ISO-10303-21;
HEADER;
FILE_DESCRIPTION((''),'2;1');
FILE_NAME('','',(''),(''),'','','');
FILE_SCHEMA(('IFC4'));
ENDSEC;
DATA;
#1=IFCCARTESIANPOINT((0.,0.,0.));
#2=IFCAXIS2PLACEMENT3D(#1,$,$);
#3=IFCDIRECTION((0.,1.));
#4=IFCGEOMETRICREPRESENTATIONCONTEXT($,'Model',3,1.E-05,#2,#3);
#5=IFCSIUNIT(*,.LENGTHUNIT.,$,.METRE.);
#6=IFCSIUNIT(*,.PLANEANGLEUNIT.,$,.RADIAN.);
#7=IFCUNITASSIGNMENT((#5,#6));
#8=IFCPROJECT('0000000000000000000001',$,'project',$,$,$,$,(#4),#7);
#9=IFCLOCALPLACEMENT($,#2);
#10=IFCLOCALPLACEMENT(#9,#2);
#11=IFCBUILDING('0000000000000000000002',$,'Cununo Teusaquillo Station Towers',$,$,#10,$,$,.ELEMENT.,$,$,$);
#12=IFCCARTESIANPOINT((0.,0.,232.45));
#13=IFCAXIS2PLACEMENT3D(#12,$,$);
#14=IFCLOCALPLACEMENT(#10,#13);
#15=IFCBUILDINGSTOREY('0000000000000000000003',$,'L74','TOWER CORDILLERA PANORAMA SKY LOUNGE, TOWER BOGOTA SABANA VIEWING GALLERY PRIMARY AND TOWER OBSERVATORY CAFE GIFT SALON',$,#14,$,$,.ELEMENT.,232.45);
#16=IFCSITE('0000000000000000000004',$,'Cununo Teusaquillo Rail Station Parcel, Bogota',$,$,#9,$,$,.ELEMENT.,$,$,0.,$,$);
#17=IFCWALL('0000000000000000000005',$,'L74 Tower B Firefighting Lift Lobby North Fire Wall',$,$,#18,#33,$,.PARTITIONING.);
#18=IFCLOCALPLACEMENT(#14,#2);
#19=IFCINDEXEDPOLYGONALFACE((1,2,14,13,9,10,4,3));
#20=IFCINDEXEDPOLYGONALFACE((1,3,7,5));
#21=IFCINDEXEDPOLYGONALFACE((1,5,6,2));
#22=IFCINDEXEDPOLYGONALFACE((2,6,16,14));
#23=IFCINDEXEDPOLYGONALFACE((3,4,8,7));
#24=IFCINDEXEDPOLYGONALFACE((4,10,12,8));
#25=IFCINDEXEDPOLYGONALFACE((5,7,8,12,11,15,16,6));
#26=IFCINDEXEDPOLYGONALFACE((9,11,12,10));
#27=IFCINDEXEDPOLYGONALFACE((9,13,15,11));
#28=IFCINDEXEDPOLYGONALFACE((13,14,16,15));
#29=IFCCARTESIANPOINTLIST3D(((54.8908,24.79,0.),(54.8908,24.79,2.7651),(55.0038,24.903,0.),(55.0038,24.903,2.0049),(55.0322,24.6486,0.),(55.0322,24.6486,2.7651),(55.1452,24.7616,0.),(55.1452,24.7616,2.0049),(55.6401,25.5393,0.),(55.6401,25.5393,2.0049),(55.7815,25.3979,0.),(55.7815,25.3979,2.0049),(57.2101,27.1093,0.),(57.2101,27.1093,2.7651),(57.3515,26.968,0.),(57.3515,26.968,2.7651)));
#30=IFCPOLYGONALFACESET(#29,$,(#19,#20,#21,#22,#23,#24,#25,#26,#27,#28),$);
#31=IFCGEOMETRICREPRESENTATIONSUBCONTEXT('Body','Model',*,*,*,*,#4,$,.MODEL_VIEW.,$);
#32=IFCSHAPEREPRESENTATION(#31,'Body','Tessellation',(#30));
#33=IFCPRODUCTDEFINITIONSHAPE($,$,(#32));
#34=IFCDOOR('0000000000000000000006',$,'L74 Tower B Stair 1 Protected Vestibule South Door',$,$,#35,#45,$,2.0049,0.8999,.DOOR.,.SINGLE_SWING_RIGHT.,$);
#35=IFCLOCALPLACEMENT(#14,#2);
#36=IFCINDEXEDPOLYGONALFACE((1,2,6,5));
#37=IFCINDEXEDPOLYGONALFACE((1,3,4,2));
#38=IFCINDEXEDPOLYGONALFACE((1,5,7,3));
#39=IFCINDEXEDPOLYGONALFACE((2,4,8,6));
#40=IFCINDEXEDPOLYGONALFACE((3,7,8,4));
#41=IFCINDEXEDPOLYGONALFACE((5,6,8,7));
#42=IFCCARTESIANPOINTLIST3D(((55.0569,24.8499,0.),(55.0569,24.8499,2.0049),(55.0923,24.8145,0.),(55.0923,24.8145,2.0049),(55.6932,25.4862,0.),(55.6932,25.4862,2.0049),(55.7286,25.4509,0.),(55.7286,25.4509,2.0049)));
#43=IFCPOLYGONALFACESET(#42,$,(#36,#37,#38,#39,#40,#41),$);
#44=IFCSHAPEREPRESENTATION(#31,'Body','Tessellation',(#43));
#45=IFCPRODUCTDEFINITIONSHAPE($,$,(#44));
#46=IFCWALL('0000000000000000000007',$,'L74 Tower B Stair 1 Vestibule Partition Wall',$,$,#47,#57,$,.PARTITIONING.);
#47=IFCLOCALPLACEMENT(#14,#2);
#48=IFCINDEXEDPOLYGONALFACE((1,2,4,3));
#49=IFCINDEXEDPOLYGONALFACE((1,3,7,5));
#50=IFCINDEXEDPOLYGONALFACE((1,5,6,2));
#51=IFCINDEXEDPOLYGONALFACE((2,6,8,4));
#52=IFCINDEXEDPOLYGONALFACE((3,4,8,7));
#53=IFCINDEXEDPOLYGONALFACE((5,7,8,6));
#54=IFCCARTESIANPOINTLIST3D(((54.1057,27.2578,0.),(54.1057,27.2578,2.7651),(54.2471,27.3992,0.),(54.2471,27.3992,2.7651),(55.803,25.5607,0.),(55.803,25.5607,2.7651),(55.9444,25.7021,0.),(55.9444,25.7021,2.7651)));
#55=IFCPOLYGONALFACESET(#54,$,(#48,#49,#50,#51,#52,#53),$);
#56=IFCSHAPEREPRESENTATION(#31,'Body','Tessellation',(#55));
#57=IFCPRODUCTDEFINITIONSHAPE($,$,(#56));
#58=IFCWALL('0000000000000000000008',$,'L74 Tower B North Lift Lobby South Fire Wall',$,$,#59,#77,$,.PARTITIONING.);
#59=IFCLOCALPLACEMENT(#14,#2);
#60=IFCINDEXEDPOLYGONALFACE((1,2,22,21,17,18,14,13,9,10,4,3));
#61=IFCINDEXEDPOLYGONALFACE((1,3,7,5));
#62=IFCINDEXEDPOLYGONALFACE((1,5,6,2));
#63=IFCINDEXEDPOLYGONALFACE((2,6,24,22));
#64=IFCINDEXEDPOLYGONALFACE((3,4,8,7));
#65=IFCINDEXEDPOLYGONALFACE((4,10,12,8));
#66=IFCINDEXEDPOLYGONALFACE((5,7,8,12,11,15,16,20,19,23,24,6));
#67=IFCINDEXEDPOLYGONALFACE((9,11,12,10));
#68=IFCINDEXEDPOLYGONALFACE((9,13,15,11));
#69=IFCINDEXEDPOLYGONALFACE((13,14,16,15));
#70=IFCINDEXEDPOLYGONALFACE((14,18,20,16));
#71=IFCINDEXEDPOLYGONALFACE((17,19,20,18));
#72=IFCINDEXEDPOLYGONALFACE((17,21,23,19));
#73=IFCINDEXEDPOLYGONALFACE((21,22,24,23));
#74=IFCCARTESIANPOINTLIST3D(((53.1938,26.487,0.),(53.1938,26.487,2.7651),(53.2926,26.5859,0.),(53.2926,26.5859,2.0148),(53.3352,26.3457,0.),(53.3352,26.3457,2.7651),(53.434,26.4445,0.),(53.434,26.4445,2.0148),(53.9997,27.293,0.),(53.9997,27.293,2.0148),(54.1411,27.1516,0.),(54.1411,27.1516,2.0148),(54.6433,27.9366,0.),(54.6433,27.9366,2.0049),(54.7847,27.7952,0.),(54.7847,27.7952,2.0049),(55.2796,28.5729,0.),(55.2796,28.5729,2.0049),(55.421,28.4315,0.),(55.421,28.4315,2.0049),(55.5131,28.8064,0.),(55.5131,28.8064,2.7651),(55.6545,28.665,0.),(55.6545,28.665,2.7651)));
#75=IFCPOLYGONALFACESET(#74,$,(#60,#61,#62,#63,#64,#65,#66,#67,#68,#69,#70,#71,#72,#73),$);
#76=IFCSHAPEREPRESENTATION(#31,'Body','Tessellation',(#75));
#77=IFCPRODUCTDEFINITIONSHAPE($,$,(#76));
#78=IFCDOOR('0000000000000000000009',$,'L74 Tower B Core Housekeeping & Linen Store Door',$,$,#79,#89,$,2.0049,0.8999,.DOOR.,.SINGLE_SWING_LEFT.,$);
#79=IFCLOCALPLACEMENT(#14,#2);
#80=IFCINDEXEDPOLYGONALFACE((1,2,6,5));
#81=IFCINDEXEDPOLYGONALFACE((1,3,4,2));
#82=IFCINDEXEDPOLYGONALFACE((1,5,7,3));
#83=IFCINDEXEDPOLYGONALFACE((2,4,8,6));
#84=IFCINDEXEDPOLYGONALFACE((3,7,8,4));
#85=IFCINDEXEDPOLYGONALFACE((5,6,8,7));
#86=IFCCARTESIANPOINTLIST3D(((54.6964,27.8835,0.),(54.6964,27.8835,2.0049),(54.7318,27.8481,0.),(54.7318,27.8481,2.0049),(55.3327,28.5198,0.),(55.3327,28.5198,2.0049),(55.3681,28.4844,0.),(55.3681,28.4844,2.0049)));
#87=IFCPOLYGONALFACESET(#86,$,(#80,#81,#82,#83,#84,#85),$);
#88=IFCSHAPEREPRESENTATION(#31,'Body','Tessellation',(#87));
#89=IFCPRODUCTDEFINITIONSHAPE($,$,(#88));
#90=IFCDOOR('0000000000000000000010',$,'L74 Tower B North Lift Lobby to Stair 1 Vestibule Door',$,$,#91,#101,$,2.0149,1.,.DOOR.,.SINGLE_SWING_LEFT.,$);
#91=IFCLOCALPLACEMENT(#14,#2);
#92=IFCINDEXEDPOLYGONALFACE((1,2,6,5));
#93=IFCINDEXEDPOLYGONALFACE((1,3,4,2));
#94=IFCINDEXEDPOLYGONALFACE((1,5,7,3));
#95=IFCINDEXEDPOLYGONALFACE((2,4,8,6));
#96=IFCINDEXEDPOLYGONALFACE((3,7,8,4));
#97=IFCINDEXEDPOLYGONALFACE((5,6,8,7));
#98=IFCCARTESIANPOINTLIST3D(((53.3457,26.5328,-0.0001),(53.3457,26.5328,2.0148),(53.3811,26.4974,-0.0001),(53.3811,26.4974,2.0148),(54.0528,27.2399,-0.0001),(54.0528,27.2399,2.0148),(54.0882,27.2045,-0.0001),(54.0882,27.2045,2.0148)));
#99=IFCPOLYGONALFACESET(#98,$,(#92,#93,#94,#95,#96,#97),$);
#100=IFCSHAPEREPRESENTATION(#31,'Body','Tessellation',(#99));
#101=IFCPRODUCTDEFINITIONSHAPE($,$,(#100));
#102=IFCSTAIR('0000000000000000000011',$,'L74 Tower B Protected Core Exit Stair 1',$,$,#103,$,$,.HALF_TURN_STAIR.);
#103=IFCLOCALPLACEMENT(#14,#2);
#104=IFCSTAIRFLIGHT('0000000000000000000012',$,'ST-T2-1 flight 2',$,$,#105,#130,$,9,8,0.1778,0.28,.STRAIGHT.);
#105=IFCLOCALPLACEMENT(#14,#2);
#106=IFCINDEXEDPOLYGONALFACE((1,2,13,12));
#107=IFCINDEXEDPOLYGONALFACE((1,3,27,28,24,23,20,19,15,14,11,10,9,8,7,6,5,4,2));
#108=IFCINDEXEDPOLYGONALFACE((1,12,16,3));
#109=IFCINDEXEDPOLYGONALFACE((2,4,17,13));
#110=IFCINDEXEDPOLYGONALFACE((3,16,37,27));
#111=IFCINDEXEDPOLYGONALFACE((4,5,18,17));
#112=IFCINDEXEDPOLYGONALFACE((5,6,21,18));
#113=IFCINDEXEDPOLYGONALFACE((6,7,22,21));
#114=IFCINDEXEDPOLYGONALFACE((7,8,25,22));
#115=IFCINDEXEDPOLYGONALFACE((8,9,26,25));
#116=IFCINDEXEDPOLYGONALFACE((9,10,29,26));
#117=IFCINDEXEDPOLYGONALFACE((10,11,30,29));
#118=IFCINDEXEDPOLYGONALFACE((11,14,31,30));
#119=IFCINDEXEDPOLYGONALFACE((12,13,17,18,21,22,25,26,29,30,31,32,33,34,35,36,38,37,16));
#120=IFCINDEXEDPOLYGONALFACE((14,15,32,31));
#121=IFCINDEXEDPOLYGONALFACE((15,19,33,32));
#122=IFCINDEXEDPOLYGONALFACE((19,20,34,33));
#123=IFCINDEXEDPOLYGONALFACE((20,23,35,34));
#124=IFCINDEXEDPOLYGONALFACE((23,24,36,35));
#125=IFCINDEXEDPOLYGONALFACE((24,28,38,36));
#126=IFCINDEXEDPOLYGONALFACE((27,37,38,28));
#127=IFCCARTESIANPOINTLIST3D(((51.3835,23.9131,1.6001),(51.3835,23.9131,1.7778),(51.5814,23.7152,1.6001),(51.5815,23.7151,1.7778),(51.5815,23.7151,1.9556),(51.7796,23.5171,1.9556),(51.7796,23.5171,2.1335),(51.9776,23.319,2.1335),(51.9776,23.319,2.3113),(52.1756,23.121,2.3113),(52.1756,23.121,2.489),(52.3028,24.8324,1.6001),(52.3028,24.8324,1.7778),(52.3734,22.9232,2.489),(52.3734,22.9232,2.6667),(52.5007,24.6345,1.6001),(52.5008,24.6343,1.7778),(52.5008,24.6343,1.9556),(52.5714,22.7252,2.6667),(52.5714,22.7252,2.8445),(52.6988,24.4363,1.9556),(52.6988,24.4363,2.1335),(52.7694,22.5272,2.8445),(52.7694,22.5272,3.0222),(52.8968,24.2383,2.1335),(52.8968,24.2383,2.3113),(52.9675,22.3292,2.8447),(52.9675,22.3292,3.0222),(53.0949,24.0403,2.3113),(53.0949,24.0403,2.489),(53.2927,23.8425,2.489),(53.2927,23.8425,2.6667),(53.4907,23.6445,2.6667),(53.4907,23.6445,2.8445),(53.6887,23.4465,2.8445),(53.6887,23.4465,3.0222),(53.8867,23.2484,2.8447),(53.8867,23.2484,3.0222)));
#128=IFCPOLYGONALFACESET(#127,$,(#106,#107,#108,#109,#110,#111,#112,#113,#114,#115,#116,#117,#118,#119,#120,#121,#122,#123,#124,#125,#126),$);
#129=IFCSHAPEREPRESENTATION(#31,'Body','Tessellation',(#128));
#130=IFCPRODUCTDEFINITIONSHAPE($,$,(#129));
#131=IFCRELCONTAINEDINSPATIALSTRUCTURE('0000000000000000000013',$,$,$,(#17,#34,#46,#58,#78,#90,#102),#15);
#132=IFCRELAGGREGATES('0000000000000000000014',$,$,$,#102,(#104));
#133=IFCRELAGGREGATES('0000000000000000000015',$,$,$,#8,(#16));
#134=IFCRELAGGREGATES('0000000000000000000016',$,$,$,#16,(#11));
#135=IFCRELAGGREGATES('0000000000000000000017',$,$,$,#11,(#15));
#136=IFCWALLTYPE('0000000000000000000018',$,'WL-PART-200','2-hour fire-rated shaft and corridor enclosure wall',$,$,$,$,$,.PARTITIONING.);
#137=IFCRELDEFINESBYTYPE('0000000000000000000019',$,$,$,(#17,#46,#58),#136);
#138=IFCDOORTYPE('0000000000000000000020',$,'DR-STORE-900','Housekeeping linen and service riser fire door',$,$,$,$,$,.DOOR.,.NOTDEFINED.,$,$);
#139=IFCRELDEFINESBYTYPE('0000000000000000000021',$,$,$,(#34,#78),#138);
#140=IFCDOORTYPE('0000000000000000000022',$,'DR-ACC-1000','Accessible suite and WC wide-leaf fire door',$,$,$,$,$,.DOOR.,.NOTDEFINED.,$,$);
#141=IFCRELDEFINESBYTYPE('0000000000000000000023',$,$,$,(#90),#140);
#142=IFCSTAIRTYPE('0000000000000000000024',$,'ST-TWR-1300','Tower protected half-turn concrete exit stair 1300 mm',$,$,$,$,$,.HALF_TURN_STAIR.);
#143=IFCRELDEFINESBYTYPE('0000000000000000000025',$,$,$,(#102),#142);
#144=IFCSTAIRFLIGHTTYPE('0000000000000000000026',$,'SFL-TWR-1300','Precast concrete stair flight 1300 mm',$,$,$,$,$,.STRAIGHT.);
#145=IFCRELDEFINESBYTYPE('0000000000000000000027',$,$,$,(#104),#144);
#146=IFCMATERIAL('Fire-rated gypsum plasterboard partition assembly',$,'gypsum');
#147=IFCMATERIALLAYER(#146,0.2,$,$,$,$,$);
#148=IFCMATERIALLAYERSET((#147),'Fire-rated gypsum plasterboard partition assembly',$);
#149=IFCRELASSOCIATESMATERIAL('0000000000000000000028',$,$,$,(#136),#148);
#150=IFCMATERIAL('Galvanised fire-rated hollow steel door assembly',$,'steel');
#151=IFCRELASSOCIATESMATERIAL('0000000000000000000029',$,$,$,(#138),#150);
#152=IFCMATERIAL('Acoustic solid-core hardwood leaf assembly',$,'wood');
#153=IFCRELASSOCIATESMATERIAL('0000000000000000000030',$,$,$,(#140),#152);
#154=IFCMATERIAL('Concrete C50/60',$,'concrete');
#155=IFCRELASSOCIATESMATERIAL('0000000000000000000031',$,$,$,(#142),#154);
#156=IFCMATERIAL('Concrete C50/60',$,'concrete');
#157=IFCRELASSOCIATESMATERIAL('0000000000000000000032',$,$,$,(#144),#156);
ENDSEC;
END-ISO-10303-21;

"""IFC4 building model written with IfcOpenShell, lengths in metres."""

from ifc_helpers import new_model, si_unit, direction, frame, frame_2d, origin, place, context, subcontext, project, spatial, polyline, rectangle, outline, extrude, source, transform, mapped, material, layer, layer_set, type_object, element, fill, aggregate, save


model = new_model("IFC4")

# Units and contexts
model_context = context("Model", 3, precision=1e-05, world=origin(), true_north=direction((0.0, 1.0)))
body_context = subcontext(model_context, "Body", "Model", "MODEL_VIEW")
ifc_project = project(units=[si_unit("LENGTHUNIT", "METRE"), si_unit("PLANEANGLEUNIT", "RADIAN")], contexts=[model_context])

# Site, building, storey
site_placement = place(None, origin())
site = spatial("IfcSite", under=ifc_project, at=site_placement, Name="Cununo Teusaquillo Rail Station Parcel, Bogota", CompositionType="ELEMENT", RefElevation=0.0)
building_placement = place(site_placement, origin())
building = spatial("IfcBuilding", under=site, at=building_placement, Name="Cununo Teusaquillo Station Towers", CompositionType="ELEMENT")
storey_placement = place(building_placement, frame((0.0, 0.0, 232.45)))
storey = spatial("IfcBuildingStorey", under=building, at=storey_placement, Name="L74", Description="TOWER CORDILLERA PANORAMA SKY LOUNGE, TOWER BOGOTA SABANA VIEWING GALLERY PRIMARY AND TOWER OBSERVATORY CAFE GIFT SALON", CompositionType="ELEMENT", Elevation=232.45)

# Wall, opening, door
shared_shape_1 = source(origin(), body_context, "Body", "SweptSolid", [
    extrude(rectangle(XDim=0.8999, YDim=2.0049, at=frame_2d((0.45, 1.0024))), frame((0.0, 0.0249, 0.0), z_axis=(0.0, -1.0, 0.0), x_axis=(1.0, 0.0, 0.0)), (0.0, 0.0, 1.0), 0.05),
])
ifc_material_1 = material(Name="Fire-rated gypsum plasterboard partition assembly", Category="gypsum")
ifc_layer_1 = layer(ifc_material_1, 0.2)
ifc_layer_set_1 = layer_set([ifc_layer_1], Name="Fire-rated gypsum plasterboard partition assembly")
wall_type_1 = type_object("IfcWallType", Name="WL-PART-200", Description="2-hour fire-rated shaft and corridor enclosure wall", PredefinedType="PARTITIONING", material=ifc_layer_set_1)
wall_1_placement = place(storey_placement, frame((54.9614, 24.7192, 0.0), z_axis=(0.0, 0.0, 1.0), x_axis=(0.707107, 0.707107, 0.0)))
wall_1 = element("IfcWall", 1, at=wall_1_placement, inside=storey, type_object=wall_type_1, Name="L74 Tower B Firefighting Lift Lobby North Fire Wall", PredefinedType="PARTITIONING", context=body_context, shape_type="SweptSolid", body=[
    extrude(rectangle(XDim=3.28, YDim=0.2, at=frame_2d((1.6401, 0.0))), origin(), (0.0, 0.0, 1.0), 2.7651),
])
shared_shape_2 = source(origin(), body_context, "Body", "SweptSolid", [
    extrude(rectangle(XDim=0.8999, YDim=2.0049, at=frame_2d((0.45, 1.0024))), frame((0.0, 0.1099, 0.0), z_axis=(0.0, -1.0, 0.0), x_axis=(1.0, 0.0, 0.0)), (0.0, 0.0, 1.0), 0.22),
])
opening_1_placement = place(wall_1_placement, frame((0.1599, 0.0, 0.0)))
opening_1 = element("IfcOpeningElement", 2, at=opening_1_placement, cuts=wall_1, PredefinedType="OPENING", context=body_context, shape_type="MappedRepresentation", body=[
    mapped(shared_shape_2, transform((0.0, 0.0, 0.0), x_axis=(1.0, 0.0, 0.0), y_axis=(0.0, 1.0, 0.0), z_axis=(0.0, 0.0, 1.0), scale=1.0)),
])
ifc_material_2 = material(Name="Galvanised fire-rated hollow steel door assembly", Category="steel")
door_type_1 = type_object("IfcDoorType", Name="DR-STORE-900", Description="Housekeeping linen and service riser fire door", OperationType="NOTDEFINED", PredefinedType="DOOR", material=ifc_material_2)
door_1_placement = place(opening_1_placement, origin())
door_1 = element("IfcDoor", 3, at=door_1_placement, inside=storey, type_object=door_type_1, Name="L74 Tower B Stair 1 Protected Vestibule South Door", OperationType="SINGLE_SWING_RIGHT", OverallHeight=2.0049, OverallWidth=0.8999, PredefinedType="DOOR", context=body_context, shape_type="MappedRepresentation", body=[
    mapped(shared_shape_1, transform((0.0, 0.0, 0.0), x_axis=(1.0, 0.0, 0.0), y_axis=(0.0, 1.0, 0.0), z_axis=(0.0, 0.0, 1.0), scale=1.0)),
])
fill(opening_1, door_1)

# Wall
wall_2_placement = place(storey_placement, frame((55.8738, 25.6313, 0.0), z_axis=(0.0, 0.0, 1.0), x_axis=(-0.707158, 0.707056, 0.0)))
element("IfcWall", 4, at=wall_2_placement, inside=storey, type_object=wall_type_1, Name="L74 Tower B Stair 1 Vestibule Partition Wall", PredefinedType="PARTITIONING", context=body_context, shape_type="SweptSolid", body=[
    extrude(rectangle(XDim=2.4001, YDim=0.2, at=frame_2d((1.2002, 0.0))), origin(), (0.0, 0.0, 1.0), 2.7651),
])

# Wall, openings, doors
wall_3_placement = place(storey_placement, frame((53.2644, 26.4163, 0.0), z_axis=(0.0, 0.0, 1.0), x_axis=(0.707107, 0.707107, 0.0)))
wall_3 = element("IfcWall", 5, at=wall_3_placement, inside=storey, type_object=wall_type_1, Name="L74 Tower B North Lift Lobby South Fire Wall", PredefinedType="PARTITIONING", context=body_context, shape_type="SweptSolid", body=[
    extrude(rectangle(XDim=3.28, YDim=0.2, at=frame_2d((1.6401, 0.0))), origin(), (0.0, 0.0, 1.0), 2.7651),
])
shared_shape_3 = source(origin(), body_context, "Body", "SweptSolid", [
    extrude(rectangle(XDim=1.0, YDim=2.0149, at=frame_2d((0.5, 1.0073))), frame((0.0, 0.1099, 0.0), z_axis=(0.0, -1.0, 0.0), x_axis=(1.0, 0.0, 0.0)), (0.0, 0.0, 1.0), 0.22),
])
opening_2_placement = place(wall_3_placement, frame((0.1399, 0.0, 0.0)))
opening_2 = element("IfcOpeningElement", 6, at=opening_2_placement, cuts=wall_3, PredefinedType="OPENING", context=body_context, shape_type="MappedRepresentation", body=[
    mapped(shared_shape_3, transform((0.0, 0.0, 0.0), x_axis=(1.0, 0.0, 0.0), y_axis=(0.0, 1.0, 0.0), z_axis=(0.0, 0.0, 1.0), scale=1.0)),
])
opening_3_placement = place(wall_3_placement, frame((2.05, 0.0, 0.0)))
opening_3 = element("IfcOpeningElement", 7, at=opening_3_placement, cuts=wall_3, PredefinedType="OPENING", context=body_context, shape_type="MappedRepresentation", body=[
    mapped(shared_shape_2, transform((0.0, 0.0, 0.0), x_axis=(1.0, 0.0, 0.0), y_axis=(0.0, 1.0, 0.0), z_axis=(0.0, 0.0, 1.0), scale=1.0)),
])
door_2_placement = place(opening_3_placement, origin())
door_2 = element("IfcDoor", 8, at=door_2_placement, inside=storey, type_object=door_type_1, Name="L74 Tower B Core Housekeeping & Linen Store Door", OperationType="SINGLE_SWING_LEFT", OverallHeight=2.0049, OverallWidth=0.8999, PredefinedType="DOOR", context=body_context, shape_type="MappedRepresentation", body=[
    mapped(shared_shape_1, transform((0.0, 0.0, 0.0), x_axis=(1.0, 0.0, 0.0), y_axis=(0.0, 1.0, 0.0), z_axis=(0.0, 0.0, 1.0), scale=1.0)),
])
fill(opening_3, door_2)
ifc_material_3 = material(Name="Acoustic solid-core hardwood leaf assembly", Category="wood")
door_type_2 = type_object("IfcDoorType", Name="DR-ACC-1000", Description="Accessible suite and WC wide-leaf fire door", OperationType="NOTDEFINED", PredefinedType="DOOR", material=ifc_material_3)
shared_shape_4 = source(origin(), body_context, "Body", "SweptSolid", [
    extrude(rectangle(XDim=1.0, YDim=2.0149, at=frame_2d((0.5, 1.0073))), frame((0.0, 0.0249, 0.0), z_axis=(0.0, -1.0, 0.0), x_axis=(1.0, 0.0, 0.0)), (0.0, 0.0, 1.0), 0.05),
])
door_3_placement = place(opening_2_placement, origin())
door_3 = element("IfcDoor", 9, at=door_3_placement, inside=storey, type_object=door_type_2, Name="L74 Tower B North Lift Lobby to Stair 1 Vestibule Door", OperationType="SINGLE_SWING_LEFT", OverallHeight=2.0149, OverallWidth=1.0, PredefinedType="DOOR", context=body_context, shape_type="MappedRepresentation", body=[
    mapped(shared_shape_4, transform((0.0, 0.0, 0.0), x_axis=(1.0, 0.0, 0.0), y_axis=(0.0, 1.0, 0.0), z_axis=(0.0, 0.0, 1.0), scale=1.0)),
])
fill(opening_2, door_3)

# Stair, stair flight
ifc_material_4 = material(Name="Concrete C50/60", Category="concrete")
stair_type = type_object("IfcStairType", Name="ST-TWR-1300", Description="Tower protected half-turn concrete exit stair 1300 mm", PredefinedType="HALF_TURN_STAIR", material=ifc_material_4)
stair_placement = place(storey_placement, origin())
stair = element("IfcStair", 10, at=stair_placement, inside=storey, type_object=stair_type, Name="L74 Tower B Protected Core Exit Stair 1", PredefinedType="HALF_TURN_STAIR")
ifc_material_5 = material(Name="Concrete C50/60", Category="concrete")
stair_flight_type = type_object("IfcStairFlightType", Name="SFL-TWR-1300", Description="Precast concrete stair flight 1300 mm", PredefinedType="STRAIGHT", material=ifc_material_5)
stair_flight_placement = place(storey_placement, frame((51.8433, 24.3728, 1.6001), z_axis=(0.0, 0.0, 1.0), x_axis=(0.707107, -0.707107, 0.0)))
stair_flight = element("IfcStairFlight", 11, at=stair_flight_placement, type_object=stair_flight_type, Name="ST-T2-1 flight 2", NumberOfRisers=9, NumberOfTreads=8, PredefinedType="STRAIGHT", RiserHeight=0.1778, TreadLength=0.28, context=body_context, shape_type="SweptSolid", body=[
    extrude(outline(polyline([(0.0, 0.0), (0.0, 0.1777), (0.28, 0.1777), (0.28, 0.3555), (0.5601, 0.3555), (0.5601, 0.5334), (0.8401, 0.5334), (0.8401, 0.7112), (1.1201, 0.7112), (1.1201, 0.8889), (1.3999, 0.8889), (1.3999, 1.0667), (1.6799, 1.0667), (1.6799, 1.2444), (1.96, 1.2444), (1.96, 1.4221), (2.24, 1.4221), (2.24, 1.6001), (2.24, 1.2446), (0.2798, 0.0), (0.0, 0.0)])), frame((0.0, 0.6499, 0.0), z_axis=(0.0, -1.0, 0.0), x_axis=(1.0, 0.0, 0.0)), (0.0, 0.0, 1.0), 1.3),
])
aggregate(stair, [stair_flight])

save(model, "model.ifc")
